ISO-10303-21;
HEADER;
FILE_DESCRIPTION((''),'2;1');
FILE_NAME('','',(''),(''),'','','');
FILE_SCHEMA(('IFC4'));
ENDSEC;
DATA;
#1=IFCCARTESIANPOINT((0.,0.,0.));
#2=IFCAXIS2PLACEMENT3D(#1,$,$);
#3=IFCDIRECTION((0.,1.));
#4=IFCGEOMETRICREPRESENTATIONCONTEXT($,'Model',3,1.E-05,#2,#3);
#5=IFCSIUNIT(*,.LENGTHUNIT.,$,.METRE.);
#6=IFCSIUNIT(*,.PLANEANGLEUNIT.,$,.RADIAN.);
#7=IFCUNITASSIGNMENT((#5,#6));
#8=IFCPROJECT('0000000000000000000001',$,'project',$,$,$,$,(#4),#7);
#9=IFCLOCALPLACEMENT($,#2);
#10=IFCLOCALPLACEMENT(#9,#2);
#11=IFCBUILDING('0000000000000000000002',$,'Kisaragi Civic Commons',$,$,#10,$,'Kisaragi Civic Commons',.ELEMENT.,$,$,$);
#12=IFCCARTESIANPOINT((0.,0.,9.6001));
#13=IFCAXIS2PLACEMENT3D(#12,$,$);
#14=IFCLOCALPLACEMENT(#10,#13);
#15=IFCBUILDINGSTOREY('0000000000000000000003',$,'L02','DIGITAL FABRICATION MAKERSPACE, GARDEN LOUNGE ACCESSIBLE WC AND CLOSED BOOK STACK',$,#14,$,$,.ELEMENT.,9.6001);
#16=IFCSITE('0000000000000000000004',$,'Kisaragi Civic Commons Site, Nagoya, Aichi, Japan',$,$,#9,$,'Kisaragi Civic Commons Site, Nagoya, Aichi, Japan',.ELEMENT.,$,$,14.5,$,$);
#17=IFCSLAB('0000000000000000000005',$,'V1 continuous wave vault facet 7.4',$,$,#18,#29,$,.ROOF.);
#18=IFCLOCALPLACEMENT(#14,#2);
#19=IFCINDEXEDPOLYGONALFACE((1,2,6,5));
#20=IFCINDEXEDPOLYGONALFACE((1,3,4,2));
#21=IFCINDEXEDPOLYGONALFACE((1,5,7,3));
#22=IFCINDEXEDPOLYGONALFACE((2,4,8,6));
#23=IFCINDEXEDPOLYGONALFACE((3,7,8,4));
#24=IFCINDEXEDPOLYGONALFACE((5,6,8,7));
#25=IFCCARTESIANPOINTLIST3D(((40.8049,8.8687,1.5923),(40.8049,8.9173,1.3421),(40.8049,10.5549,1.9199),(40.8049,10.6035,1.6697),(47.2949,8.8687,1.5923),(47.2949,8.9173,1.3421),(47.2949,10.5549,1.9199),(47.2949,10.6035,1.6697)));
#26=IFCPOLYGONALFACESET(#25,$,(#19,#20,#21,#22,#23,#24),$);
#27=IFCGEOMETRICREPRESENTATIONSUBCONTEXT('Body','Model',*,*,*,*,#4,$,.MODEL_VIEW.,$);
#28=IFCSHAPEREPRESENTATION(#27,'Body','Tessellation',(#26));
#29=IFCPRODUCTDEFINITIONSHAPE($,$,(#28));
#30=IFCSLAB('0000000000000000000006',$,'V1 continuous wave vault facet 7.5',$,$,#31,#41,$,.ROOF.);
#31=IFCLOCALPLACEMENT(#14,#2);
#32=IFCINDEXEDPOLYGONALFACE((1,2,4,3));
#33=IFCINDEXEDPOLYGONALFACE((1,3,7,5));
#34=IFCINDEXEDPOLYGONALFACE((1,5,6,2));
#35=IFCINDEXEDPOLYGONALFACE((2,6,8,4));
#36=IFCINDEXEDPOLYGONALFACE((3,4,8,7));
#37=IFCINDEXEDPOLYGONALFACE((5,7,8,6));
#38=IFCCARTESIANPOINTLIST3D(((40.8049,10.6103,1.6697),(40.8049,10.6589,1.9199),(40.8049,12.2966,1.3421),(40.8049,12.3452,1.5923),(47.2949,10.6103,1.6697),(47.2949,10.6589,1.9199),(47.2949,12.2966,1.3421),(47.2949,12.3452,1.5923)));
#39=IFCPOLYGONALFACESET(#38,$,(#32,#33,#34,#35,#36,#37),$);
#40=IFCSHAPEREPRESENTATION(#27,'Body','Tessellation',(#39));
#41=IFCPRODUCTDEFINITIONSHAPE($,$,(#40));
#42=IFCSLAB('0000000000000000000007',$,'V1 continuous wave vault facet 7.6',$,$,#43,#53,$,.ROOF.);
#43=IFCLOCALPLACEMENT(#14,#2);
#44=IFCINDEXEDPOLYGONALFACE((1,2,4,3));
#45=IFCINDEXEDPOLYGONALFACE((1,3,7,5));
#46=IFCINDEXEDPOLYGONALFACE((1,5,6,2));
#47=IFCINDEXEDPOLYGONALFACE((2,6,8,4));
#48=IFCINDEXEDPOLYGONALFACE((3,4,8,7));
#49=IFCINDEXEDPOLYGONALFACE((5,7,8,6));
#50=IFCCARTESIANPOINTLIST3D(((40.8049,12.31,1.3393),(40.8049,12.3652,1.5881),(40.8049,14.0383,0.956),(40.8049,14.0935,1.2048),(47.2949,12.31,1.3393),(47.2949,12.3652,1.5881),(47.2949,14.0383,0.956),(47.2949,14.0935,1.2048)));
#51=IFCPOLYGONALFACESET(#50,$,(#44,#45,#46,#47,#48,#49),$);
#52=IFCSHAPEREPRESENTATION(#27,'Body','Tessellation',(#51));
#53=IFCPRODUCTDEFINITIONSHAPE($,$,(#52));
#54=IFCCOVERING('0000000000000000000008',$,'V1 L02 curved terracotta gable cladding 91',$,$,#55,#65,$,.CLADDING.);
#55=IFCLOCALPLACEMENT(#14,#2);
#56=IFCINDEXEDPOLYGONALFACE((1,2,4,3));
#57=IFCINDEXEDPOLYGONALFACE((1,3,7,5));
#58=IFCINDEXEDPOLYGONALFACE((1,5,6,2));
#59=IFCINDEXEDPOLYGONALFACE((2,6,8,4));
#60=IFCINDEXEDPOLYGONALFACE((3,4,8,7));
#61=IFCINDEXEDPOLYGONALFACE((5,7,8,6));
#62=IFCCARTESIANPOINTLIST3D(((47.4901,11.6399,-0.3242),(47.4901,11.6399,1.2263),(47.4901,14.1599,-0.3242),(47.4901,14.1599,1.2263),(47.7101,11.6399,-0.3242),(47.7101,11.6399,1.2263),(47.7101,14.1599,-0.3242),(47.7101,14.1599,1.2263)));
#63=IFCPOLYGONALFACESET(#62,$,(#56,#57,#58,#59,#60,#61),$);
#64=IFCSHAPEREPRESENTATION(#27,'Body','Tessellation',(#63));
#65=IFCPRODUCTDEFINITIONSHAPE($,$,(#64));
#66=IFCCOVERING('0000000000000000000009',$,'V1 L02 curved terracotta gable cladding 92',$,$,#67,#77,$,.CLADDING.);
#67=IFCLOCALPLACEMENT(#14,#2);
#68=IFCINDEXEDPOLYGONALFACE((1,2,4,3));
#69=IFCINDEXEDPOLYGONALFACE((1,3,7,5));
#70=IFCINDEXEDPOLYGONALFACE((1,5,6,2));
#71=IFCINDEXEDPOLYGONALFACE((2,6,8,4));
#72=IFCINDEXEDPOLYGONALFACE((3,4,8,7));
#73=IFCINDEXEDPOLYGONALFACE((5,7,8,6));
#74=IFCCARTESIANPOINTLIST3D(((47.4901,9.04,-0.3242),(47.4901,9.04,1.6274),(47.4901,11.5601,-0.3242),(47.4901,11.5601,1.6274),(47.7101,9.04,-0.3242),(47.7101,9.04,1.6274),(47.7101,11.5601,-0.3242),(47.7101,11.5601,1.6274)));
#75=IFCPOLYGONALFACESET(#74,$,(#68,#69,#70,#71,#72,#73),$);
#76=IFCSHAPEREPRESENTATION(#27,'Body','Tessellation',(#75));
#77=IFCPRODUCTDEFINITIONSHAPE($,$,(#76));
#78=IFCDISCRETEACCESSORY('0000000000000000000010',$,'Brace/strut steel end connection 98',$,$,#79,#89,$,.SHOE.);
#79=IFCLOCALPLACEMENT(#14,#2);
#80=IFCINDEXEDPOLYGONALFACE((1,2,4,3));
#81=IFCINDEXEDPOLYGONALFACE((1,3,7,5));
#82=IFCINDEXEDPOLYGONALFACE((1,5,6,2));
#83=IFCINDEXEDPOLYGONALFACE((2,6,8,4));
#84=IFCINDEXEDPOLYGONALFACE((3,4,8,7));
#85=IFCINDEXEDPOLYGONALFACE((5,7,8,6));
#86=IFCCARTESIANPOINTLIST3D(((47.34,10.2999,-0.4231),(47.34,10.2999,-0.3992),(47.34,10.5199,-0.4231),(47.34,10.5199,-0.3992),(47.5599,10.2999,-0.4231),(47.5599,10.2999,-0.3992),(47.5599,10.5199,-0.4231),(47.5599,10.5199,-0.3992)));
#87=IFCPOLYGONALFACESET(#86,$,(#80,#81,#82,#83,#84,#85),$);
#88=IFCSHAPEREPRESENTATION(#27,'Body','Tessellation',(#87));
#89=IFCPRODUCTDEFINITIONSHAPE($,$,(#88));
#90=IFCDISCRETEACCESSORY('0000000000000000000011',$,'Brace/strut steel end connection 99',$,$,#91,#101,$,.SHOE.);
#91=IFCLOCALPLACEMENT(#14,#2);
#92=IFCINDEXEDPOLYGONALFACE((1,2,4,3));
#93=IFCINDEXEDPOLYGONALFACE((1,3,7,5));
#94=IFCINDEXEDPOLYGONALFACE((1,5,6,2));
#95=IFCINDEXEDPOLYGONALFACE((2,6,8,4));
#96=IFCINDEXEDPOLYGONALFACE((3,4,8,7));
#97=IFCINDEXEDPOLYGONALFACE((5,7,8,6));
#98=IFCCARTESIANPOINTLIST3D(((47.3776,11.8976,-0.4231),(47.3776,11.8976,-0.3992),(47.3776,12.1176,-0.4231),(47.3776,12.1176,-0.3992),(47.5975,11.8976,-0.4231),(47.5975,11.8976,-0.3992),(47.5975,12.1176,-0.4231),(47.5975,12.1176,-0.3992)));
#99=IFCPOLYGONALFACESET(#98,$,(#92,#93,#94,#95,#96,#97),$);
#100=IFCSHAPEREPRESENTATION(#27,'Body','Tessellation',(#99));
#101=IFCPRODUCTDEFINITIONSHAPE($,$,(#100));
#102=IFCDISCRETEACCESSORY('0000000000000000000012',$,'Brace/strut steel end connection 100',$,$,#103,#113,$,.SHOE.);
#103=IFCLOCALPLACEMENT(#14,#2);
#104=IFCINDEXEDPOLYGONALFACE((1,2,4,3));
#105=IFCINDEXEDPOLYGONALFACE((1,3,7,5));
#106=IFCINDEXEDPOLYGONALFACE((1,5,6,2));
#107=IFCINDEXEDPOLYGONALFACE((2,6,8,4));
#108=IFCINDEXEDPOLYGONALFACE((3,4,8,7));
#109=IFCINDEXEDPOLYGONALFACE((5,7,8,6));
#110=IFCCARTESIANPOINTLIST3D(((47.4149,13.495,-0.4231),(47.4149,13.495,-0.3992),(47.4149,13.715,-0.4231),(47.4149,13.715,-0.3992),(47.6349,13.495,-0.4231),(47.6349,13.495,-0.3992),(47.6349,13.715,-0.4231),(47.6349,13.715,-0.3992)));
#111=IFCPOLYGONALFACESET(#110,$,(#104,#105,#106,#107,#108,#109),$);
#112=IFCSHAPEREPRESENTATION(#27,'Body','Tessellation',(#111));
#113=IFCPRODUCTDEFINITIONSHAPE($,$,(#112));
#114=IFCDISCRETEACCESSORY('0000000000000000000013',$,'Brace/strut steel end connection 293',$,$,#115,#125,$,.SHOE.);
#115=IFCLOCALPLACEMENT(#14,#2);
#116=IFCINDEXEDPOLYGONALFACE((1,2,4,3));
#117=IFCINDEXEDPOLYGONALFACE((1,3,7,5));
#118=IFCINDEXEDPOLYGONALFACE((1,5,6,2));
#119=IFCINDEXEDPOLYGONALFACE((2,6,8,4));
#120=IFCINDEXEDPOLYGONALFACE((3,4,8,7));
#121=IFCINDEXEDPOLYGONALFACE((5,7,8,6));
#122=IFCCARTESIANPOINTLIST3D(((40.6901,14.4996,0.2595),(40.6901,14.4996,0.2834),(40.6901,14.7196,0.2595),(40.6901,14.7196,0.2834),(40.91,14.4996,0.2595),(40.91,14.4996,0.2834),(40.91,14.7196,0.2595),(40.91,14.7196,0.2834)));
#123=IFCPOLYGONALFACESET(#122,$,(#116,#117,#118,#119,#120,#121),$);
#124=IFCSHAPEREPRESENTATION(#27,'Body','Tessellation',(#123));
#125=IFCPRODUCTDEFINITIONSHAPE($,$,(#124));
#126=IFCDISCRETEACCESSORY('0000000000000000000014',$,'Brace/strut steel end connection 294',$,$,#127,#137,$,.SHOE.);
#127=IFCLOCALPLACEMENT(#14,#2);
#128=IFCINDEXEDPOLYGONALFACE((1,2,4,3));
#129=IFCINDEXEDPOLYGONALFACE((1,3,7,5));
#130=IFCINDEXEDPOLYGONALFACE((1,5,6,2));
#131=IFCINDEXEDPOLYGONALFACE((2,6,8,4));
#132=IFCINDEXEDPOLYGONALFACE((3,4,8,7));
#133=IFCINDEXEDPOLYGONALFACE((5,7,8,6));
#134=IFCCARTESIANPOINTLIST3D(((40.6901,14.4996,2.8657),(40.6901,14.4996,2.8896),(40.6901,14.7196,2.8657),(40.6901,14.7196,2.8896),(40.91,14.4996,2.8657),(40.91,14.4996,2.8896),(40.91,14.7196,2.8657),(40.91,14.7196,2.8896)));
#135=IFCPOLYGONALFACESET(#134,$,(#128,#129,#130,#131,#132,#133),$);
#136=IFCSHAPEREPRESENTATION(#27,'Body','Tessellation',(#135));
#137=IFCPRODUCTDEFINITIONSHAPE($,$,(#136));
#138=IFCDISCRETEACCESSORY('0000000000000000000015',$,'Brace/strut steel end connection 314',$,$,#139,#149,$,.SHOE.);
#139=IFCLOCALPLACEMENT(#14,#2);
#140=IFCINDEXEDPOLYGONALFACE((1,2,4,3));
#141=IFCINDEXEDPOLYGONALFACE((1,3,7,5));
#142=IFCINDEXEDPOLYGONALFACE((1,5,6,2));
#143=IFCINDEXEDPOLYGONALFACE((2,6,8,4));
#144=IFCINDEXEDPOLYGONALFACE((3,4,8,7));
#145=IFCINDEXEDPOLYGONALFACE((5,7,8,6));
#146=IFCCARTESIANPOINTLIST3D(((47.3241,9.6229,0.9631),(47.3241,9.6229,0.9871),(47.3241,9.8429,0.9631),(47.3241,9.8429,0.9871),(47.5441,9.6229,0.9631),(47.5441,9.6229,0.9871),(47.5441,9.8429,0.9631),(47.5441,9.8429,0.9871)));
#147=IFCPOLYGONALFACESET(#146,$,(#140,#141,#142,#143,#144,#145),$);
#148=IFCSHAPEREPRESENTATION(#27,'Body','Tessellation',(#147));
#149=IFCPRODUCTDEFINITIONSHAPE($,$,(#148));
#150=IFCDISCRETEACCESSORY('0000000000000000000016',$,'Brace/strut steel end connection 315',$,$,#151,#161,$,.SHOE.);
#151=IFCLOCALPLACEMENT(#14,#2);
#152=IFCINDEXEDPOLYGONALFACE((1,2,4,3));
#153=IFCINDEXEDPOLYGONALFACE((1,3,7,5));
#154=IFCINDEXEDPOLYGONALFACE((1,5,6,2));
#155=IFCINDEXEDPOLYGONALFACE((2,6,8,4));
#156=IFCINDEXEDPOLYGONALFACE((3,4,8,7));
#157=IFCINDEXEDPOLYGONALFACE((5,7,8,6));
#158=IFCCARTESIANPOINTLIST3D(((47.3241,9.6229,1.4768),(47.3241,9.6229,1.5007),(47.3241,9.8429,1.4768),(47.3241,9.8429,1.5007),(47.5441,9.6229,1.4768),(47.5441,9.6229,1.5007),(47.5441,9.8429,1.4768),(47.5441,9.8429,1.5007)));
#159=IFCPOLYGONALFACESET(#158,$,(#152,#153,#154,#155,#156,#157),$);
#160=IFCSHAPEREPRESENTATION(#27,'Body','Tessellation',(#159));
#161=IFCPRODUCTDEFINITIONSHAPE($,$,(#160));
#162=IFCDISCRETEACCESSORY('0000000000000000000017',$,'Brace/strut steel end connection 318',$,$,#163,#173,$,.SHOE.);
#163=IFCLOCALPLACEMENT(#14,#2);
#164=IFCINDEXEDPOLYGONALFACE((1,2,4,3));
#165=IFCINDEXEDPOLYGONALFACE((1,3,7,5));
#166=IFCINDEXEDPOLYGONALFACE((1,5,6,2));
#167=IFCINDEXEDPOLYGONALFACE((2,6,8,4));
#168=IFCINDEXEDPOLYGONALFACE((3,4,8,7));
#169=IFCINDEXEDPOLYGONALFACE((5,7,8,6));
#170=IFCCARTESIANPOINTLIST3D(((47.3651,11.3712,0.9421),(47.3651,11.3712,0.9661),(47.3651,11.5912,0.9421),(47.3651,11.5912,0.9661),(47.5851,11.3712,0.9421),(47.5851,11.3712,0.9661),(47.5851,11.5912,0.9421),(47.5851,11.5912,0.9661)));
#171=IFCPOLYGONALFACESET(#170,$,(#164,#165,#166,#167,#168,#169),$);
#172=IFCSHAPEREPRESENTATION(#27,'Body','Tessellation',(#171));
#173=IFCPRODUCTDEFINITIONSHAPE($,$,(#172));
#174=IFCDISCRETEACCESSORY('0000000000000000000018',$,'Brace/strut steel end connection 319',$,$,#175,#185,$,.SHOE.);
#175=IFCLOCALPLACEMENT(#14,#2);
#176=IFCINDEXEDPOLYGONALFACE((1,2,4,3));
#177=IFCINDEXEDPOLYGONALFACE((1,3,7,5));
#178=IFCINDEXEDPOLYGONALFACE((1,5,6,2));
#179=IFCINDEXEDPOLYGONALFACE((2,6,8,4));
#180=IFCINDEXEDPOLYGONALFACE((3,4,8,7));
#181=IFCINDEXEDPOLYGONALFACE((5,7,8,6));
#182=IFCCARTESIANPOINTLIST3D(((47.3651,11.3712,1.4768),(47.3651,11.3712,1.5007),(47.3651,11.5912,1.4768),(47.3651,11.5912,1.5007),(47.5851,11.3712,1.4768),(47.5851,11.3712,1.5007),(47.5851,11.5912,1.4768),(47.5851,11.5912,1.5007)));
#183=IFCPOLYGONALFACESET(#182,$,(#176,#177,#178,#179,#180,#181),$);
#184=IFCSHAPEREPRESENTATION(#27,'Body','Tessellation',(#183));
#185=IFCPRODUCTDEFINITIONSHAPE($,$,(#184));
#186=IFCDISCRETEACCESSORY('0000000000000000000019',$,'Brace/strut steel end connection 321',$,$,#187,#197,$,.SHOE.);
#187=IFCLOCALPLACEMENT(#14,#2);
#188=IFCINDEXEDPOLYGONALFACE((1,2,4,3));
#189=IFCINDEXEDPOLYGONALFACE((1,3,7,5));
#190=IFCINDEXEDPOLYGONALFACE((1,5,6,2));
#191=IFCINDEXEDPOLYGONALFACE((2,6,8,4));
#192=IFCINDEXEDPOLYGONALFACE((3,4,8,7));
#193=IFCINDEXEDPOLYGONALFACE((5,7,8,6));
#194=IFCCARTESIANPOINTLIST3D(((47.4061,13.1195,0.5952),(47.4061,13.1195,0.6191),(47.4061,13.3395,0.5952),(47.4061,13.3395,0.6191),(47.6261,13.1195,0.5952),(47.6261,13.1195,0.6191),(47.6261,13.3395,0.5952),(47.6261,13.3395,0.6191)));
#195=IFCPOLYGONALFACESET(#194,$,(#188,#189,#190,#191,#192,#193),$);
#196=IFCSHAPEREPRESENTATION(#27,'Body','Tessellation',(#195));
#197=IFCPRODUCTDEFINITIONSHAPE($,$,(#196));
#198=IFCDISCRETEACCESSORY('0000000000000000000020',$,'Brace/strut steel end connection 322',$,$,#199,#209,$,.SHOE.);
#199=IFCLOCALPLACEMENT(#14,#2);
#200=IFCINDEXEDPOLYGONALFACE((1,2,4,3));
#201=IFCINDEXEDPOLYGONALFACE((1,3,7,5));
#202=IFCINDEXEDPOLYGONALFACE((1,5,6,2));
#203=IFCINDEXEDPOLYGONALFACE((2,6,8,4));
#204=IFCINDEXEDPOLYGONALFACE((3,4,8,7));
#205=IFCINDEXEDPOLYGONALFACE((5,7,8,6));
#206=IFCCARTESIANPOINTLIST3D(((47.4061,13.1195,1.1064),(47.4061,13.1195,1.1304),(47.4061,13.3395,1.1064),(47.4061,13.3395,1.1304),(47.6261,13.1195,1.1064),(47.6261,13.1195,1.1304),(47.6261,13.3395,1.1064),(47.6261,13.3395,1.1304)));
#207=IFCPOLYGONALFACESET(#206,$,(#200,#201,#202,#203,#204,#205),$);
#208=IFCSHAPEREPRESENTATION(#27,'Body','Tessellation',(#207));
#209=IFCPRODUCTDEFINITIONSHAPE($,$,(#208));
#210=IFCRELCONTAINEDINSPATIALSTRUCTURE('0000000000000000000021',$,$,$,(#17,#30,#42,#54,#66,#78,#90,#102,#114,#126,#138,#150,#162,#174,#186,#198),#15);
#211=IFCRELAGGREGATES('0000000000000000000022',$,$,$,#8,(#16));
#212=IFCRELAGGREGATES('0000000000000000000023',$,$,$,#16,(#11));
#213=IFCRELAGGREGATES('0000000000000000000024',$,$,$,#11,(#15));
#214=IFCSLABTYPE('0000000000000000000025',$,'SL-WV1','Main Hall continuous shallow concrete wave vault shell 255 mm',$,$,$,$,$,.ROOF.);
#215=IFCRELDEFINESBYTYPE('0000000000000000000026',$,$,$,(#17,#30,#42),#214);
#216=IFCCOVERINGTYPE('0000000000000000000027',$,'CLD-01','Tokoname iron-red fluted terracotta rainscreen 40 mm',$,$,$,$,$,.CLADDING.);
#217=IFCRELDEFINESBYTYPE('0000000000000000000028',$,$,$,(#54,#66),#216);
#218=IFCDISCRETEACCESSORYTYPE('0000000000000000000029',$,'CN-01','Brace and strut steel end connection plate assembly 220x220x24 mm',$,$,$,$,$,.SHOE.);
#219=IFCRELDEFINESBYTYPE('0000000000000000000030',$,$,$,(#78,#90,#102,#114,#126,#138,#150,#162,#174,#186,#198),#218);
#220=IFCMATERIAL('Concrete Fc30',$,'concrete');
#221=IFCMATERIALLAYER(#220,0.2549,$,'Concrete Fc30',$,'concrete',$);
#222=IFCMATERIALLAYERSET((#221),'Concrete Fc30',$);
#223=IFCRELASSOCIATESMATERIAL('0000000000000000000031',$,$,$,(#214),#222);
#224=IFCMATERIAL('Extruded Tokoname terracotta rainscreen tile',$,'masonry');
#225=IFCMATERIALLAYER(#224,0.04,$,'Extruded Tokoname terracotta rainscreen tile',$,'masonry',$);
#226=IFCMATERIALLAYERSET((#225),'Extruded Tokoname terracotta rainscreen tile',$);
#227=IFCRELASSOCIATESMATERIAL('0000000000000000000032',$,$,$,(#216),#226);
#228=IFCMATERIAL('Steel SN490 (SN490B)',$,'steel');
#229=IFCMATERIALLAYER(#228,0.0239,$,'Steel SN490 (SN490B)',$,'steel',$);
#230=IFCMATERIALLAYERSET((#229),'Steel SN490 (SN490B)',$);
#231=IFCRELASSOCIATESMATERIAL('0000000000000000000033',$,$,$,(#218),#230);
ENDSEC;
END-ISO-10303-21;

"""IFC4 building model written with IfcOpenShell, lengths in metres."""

from ifc_helpers import new_model, si_unit, direction, frame, origin, origin_2d, place, context, subcontext, project, spatial, polyline, rectangle, outline, extrude, material, layer, layer_set, type_object, element, save


model = new_model("IFC4")

# Units and contexts
model_context = context("Model", 3, precision=1e-05, world=origin(), true_north=direction((0.0, 1.0)))
body_context = subcontext(model_context, "Body", "Model", "MODEL_VIEW")
ifc_project = project(units=[si_unit("LENGTHUNIT", "METRE"), si_unit("PLANEANGLEUNIT", "RADIAN")], contexts=[model_context])

# Site, building, storey
site_placement = place(None, origin())
site = spatial("IfcSite", under=ifc_project, at=site_placement, Name="Kisaragi Civic Commons Site, Nagoya, Aichi, Japan", LongName="Kisaragi Civic Commons Site, Nagoya, Aichi, Japan", CompositionType="ELEMENT", RefElevation=14.5)
building_placement = place(site_placement, origin())
building = spatial("IfcBuilding", under=site, at=building_placement, Name="Kisaragi Civic Commons", LongName="Kisaragi Civic Commons", CompositionType="ELEMENT")
storey_placement = place(building_placement, frame((0.0, 0.0, 9.6001)))
storey = spatial("IfcBuildingStorey", under=building, at=storey_placement, Name="L02", Description="DIGITAL FABRICATION MAKERSPACE, GARDEN LOUNGE ACCESSIBLE WC AND CLOSED BOOK STACK", CompositionType="ELEMENT", Elevation=9.6001)

# Shared definitions
ifc_material_1 = material(Name="Steel SN490 (SN490B)", Category="steel")

# Slabs
ifc_material_2 = material(Name="Concrete Fc30", Category="concrete")
ifc_layer_1 = layer(ifc_material_2, 0.2549, Name="Concrete Fc30", Category="concrete")
ifc_layer_set_1 = layer_set([ifc_layer_1], Name="Concrete Fc30")
slab_type = type_object("IfcSlabType", Name="SL-WV1", Description="Main Hall continuous shallow concrete wave vault shell 255 mm", PredefinedType="ROOF", material=ifc_layer_set_1)
for number, where, z_axis, x_axis, name in (
    (1, (47.2949, 10.5549, 1.9199), (0.0, -0.190729, 0.981643), (-1.0, 0.0, 0.0), "V1 continuous wave vault facet 7.4"),
    (2, (47.2949, 12.3452, 1.5923), (0.0, 0.190729, 0.981643), (-1.0, 0.0, 0.0), "V1 continuous wave vault facet 7.5"),
):
    element("IfcSlab", number, at=place(storey_placement, frame(where, z_axis=z_axis, x_axis=x_axis)), inside=storey, type_object=slab_type, Name=name, PredefinedType="ROOF", context=body_context, shape_type="SweptSolid", body=[
        extrude(outline(polyline([(0.0, 0.0), (6.49, 0.0), (6.49, 1.7178), (0.0, 1.7178), (0.0, 0.0)])), origin(), (0.0, 0.0, -1.0), 0.2549),
    ])
slab_placement = place(storey_placement, frame((47.2949, 14.0935, 1.2048), z_axis=(0.0, 0.216522, 0.976278), x_axis=(-1.0, 0.0, 0.0)))
element("IfcSlab", 3, at=slab_placement, inside=storey, type_object=slab_type, Name="V1 continuous wave vault facet 7.6", PredefinedType="ROOF", context=body_context, shape_type="SweptSolid", body=[
    extrude(outline(polyline([(0.0, 0.0), (6.49, 0.0), (6.49, 1.7703), (0.0, 1.7703), (0.0, 0.0)])), origin(), (0.0, 0.0, -1.0), 0.2549),
])

# Coverings
ifc_material_3 = material(Name="Extruded Tokoname terracotta rainscreen tile", Category="masonry")
ifc_layer_2 = layer(ifc_material_3, 0.04, Name="Extruded Tokoname terracotta rainscreen tile", Category="masonry")
ifc_layer_set_2 = layer_set([ifc_layer_2], Name="Extruded Tokoname terracotta rainscreen tile")
covering_type = type_object("IfcCoveringType", Name="CLD-01", Description="Tokoname iron-red fluted terracotta rainscreen 40 mm", PredefinedType="CLADDING", material=ifc_layer_set_2)
covering_1_placement = place(storey_placement, frame((47.6001, 12.8999, -0.3242), z_axis=(0.0, 0.0, 1.0), x_axis=(0.0, -1.0, 0.0)))
element("IfcCovering", 4, at=covering_1_placement, inside=storey, type_object=covering_type, Name="V1 L02 curved terracotta gable cladding 91", PredefinedType="CLADDING", context=body_context, shape_type="SweptSolid", body=[
    extrude(rectangle(XDim=2.52, YDim=0.22, at=origin_2d()), origin(), (0.0, 0.0, 1.0), 1.5505),
])
covering_2_placement = place(storey_placement, frame((47.6001, 10.3, -0.3242), z_axis=(0.0, 0.0, 1.0), x_axis=(0.0, -1.0, 0.0)))
element("IfcCovering", 5, at=covering_2_placement, inside=storey, type_object=covering_type, Name="V1 L02 curved terracotta gable cladding 92", PredefinedType="CLADDING", context=body_context, shape_type="SweptSolid", body=[
    extrude(rectangle(XDim=2.52, YDim=0.22, at=origin_2d()), origin(), (0.0, 0.0, 1.0), 1.9517),
])

# Discrete accessories
ifc_layer_3 = layer(ifc_material_1, 0.0239, Name="Steel SN490 (SN490B)", Category="steel")
ifc_layer_set_3 = layer_set([ifc_layer_3], Name="Steel SN490 (SN490B)")
discrete_accessory_type = type_object("IfcDiscreteAccessoryType", Name="CN-01", Description="Brace and strut steel end connection plate assembly 220x220x24 mm", PredefinedType="SHOE", material=ifc_layer_set_3)
for number, where, z_axis, x_axis, name in (
    (6, (47.45, 10.4099, -0.4231), (0.0, 0.0, 1.0), (1.0, 0.0, 0.0), "Brace/strut steel end connection 98"),
    (7, (47.4875, 12.0076, -0.4231), (0.0, 0.0, 1.0), (1.0, 0.0, 0.0), "Brace/strut steel end connection 99"),
    (8, (47.5249, 13.605, -0.4231), (0.0, 0.0, 1.0), (1.0, 0.0, 0.0), "Brace/strut steel end connection 100"),
    (9, (40.8, 14.6096, 0.2595), (0.0, 0.0, 1.0), (1.0, 0.0, 0.0), "Brace/strut steel end connection 293"),
    (10, (40.8, 14.6096, 2.8657), (0.0, 0.0, 1.0), (1.0, 0.0, 0.0), "Brace/strut steel end connection 294"),
    (11, (47.4341, 9.7329, 0.9631), (0.0, 0.0, 1.0), (1.0, 0.0, 0.0), "Brace/strut steel end connection 314"),
    (12, (47.4341, 9.7329, 1.4768), (0.0, 0.0, 1.0), (1.0, 0.0, 0.0), "Brace/strut steel end connection 315"),
    (13, (47.4751, 11.4812, 0.9421), (0.0, 0.0, 1.0), (1.0, 0.0, 0.0), "Brace/strut steel end connection 318"),
    (14, (47.4751, 11.4812, 1.4768), (0.0, 0.0, 1.0), (1.0, 0.0, 0.0), "Brace/strut steel end connection 319"),
    (15, (47.5161, 13.2295, 0.5952), (0.0, 0.0, 1.0), (1.0, 0.0, 0.0), "Brace/strut steel end connection 321"),
    (16, (47.5161, 13.2295, 1.1064), (0.0, 0.0, 1.0), (1.0, 0.0, 0.0), "Brace/strut steel end connection 322"),
):
    element("IfcDiscreteAccessory", number, at=place(storey_placement, frame(where, z_axis=z_axis, x_axis=x_axis)), inside=storey, type_object=discrete_accessory_type, Name=name, PredefinedType="SHOE", context=body_context, shape_type="SweptSolid", body=[
        extrude(rectangle(XDim=0.22, YDim=0.22, at=origin_2d()), origin(), (0.0, 0.0, 1.0), 0.0239),
    ])

save(model, "model.ifc")
